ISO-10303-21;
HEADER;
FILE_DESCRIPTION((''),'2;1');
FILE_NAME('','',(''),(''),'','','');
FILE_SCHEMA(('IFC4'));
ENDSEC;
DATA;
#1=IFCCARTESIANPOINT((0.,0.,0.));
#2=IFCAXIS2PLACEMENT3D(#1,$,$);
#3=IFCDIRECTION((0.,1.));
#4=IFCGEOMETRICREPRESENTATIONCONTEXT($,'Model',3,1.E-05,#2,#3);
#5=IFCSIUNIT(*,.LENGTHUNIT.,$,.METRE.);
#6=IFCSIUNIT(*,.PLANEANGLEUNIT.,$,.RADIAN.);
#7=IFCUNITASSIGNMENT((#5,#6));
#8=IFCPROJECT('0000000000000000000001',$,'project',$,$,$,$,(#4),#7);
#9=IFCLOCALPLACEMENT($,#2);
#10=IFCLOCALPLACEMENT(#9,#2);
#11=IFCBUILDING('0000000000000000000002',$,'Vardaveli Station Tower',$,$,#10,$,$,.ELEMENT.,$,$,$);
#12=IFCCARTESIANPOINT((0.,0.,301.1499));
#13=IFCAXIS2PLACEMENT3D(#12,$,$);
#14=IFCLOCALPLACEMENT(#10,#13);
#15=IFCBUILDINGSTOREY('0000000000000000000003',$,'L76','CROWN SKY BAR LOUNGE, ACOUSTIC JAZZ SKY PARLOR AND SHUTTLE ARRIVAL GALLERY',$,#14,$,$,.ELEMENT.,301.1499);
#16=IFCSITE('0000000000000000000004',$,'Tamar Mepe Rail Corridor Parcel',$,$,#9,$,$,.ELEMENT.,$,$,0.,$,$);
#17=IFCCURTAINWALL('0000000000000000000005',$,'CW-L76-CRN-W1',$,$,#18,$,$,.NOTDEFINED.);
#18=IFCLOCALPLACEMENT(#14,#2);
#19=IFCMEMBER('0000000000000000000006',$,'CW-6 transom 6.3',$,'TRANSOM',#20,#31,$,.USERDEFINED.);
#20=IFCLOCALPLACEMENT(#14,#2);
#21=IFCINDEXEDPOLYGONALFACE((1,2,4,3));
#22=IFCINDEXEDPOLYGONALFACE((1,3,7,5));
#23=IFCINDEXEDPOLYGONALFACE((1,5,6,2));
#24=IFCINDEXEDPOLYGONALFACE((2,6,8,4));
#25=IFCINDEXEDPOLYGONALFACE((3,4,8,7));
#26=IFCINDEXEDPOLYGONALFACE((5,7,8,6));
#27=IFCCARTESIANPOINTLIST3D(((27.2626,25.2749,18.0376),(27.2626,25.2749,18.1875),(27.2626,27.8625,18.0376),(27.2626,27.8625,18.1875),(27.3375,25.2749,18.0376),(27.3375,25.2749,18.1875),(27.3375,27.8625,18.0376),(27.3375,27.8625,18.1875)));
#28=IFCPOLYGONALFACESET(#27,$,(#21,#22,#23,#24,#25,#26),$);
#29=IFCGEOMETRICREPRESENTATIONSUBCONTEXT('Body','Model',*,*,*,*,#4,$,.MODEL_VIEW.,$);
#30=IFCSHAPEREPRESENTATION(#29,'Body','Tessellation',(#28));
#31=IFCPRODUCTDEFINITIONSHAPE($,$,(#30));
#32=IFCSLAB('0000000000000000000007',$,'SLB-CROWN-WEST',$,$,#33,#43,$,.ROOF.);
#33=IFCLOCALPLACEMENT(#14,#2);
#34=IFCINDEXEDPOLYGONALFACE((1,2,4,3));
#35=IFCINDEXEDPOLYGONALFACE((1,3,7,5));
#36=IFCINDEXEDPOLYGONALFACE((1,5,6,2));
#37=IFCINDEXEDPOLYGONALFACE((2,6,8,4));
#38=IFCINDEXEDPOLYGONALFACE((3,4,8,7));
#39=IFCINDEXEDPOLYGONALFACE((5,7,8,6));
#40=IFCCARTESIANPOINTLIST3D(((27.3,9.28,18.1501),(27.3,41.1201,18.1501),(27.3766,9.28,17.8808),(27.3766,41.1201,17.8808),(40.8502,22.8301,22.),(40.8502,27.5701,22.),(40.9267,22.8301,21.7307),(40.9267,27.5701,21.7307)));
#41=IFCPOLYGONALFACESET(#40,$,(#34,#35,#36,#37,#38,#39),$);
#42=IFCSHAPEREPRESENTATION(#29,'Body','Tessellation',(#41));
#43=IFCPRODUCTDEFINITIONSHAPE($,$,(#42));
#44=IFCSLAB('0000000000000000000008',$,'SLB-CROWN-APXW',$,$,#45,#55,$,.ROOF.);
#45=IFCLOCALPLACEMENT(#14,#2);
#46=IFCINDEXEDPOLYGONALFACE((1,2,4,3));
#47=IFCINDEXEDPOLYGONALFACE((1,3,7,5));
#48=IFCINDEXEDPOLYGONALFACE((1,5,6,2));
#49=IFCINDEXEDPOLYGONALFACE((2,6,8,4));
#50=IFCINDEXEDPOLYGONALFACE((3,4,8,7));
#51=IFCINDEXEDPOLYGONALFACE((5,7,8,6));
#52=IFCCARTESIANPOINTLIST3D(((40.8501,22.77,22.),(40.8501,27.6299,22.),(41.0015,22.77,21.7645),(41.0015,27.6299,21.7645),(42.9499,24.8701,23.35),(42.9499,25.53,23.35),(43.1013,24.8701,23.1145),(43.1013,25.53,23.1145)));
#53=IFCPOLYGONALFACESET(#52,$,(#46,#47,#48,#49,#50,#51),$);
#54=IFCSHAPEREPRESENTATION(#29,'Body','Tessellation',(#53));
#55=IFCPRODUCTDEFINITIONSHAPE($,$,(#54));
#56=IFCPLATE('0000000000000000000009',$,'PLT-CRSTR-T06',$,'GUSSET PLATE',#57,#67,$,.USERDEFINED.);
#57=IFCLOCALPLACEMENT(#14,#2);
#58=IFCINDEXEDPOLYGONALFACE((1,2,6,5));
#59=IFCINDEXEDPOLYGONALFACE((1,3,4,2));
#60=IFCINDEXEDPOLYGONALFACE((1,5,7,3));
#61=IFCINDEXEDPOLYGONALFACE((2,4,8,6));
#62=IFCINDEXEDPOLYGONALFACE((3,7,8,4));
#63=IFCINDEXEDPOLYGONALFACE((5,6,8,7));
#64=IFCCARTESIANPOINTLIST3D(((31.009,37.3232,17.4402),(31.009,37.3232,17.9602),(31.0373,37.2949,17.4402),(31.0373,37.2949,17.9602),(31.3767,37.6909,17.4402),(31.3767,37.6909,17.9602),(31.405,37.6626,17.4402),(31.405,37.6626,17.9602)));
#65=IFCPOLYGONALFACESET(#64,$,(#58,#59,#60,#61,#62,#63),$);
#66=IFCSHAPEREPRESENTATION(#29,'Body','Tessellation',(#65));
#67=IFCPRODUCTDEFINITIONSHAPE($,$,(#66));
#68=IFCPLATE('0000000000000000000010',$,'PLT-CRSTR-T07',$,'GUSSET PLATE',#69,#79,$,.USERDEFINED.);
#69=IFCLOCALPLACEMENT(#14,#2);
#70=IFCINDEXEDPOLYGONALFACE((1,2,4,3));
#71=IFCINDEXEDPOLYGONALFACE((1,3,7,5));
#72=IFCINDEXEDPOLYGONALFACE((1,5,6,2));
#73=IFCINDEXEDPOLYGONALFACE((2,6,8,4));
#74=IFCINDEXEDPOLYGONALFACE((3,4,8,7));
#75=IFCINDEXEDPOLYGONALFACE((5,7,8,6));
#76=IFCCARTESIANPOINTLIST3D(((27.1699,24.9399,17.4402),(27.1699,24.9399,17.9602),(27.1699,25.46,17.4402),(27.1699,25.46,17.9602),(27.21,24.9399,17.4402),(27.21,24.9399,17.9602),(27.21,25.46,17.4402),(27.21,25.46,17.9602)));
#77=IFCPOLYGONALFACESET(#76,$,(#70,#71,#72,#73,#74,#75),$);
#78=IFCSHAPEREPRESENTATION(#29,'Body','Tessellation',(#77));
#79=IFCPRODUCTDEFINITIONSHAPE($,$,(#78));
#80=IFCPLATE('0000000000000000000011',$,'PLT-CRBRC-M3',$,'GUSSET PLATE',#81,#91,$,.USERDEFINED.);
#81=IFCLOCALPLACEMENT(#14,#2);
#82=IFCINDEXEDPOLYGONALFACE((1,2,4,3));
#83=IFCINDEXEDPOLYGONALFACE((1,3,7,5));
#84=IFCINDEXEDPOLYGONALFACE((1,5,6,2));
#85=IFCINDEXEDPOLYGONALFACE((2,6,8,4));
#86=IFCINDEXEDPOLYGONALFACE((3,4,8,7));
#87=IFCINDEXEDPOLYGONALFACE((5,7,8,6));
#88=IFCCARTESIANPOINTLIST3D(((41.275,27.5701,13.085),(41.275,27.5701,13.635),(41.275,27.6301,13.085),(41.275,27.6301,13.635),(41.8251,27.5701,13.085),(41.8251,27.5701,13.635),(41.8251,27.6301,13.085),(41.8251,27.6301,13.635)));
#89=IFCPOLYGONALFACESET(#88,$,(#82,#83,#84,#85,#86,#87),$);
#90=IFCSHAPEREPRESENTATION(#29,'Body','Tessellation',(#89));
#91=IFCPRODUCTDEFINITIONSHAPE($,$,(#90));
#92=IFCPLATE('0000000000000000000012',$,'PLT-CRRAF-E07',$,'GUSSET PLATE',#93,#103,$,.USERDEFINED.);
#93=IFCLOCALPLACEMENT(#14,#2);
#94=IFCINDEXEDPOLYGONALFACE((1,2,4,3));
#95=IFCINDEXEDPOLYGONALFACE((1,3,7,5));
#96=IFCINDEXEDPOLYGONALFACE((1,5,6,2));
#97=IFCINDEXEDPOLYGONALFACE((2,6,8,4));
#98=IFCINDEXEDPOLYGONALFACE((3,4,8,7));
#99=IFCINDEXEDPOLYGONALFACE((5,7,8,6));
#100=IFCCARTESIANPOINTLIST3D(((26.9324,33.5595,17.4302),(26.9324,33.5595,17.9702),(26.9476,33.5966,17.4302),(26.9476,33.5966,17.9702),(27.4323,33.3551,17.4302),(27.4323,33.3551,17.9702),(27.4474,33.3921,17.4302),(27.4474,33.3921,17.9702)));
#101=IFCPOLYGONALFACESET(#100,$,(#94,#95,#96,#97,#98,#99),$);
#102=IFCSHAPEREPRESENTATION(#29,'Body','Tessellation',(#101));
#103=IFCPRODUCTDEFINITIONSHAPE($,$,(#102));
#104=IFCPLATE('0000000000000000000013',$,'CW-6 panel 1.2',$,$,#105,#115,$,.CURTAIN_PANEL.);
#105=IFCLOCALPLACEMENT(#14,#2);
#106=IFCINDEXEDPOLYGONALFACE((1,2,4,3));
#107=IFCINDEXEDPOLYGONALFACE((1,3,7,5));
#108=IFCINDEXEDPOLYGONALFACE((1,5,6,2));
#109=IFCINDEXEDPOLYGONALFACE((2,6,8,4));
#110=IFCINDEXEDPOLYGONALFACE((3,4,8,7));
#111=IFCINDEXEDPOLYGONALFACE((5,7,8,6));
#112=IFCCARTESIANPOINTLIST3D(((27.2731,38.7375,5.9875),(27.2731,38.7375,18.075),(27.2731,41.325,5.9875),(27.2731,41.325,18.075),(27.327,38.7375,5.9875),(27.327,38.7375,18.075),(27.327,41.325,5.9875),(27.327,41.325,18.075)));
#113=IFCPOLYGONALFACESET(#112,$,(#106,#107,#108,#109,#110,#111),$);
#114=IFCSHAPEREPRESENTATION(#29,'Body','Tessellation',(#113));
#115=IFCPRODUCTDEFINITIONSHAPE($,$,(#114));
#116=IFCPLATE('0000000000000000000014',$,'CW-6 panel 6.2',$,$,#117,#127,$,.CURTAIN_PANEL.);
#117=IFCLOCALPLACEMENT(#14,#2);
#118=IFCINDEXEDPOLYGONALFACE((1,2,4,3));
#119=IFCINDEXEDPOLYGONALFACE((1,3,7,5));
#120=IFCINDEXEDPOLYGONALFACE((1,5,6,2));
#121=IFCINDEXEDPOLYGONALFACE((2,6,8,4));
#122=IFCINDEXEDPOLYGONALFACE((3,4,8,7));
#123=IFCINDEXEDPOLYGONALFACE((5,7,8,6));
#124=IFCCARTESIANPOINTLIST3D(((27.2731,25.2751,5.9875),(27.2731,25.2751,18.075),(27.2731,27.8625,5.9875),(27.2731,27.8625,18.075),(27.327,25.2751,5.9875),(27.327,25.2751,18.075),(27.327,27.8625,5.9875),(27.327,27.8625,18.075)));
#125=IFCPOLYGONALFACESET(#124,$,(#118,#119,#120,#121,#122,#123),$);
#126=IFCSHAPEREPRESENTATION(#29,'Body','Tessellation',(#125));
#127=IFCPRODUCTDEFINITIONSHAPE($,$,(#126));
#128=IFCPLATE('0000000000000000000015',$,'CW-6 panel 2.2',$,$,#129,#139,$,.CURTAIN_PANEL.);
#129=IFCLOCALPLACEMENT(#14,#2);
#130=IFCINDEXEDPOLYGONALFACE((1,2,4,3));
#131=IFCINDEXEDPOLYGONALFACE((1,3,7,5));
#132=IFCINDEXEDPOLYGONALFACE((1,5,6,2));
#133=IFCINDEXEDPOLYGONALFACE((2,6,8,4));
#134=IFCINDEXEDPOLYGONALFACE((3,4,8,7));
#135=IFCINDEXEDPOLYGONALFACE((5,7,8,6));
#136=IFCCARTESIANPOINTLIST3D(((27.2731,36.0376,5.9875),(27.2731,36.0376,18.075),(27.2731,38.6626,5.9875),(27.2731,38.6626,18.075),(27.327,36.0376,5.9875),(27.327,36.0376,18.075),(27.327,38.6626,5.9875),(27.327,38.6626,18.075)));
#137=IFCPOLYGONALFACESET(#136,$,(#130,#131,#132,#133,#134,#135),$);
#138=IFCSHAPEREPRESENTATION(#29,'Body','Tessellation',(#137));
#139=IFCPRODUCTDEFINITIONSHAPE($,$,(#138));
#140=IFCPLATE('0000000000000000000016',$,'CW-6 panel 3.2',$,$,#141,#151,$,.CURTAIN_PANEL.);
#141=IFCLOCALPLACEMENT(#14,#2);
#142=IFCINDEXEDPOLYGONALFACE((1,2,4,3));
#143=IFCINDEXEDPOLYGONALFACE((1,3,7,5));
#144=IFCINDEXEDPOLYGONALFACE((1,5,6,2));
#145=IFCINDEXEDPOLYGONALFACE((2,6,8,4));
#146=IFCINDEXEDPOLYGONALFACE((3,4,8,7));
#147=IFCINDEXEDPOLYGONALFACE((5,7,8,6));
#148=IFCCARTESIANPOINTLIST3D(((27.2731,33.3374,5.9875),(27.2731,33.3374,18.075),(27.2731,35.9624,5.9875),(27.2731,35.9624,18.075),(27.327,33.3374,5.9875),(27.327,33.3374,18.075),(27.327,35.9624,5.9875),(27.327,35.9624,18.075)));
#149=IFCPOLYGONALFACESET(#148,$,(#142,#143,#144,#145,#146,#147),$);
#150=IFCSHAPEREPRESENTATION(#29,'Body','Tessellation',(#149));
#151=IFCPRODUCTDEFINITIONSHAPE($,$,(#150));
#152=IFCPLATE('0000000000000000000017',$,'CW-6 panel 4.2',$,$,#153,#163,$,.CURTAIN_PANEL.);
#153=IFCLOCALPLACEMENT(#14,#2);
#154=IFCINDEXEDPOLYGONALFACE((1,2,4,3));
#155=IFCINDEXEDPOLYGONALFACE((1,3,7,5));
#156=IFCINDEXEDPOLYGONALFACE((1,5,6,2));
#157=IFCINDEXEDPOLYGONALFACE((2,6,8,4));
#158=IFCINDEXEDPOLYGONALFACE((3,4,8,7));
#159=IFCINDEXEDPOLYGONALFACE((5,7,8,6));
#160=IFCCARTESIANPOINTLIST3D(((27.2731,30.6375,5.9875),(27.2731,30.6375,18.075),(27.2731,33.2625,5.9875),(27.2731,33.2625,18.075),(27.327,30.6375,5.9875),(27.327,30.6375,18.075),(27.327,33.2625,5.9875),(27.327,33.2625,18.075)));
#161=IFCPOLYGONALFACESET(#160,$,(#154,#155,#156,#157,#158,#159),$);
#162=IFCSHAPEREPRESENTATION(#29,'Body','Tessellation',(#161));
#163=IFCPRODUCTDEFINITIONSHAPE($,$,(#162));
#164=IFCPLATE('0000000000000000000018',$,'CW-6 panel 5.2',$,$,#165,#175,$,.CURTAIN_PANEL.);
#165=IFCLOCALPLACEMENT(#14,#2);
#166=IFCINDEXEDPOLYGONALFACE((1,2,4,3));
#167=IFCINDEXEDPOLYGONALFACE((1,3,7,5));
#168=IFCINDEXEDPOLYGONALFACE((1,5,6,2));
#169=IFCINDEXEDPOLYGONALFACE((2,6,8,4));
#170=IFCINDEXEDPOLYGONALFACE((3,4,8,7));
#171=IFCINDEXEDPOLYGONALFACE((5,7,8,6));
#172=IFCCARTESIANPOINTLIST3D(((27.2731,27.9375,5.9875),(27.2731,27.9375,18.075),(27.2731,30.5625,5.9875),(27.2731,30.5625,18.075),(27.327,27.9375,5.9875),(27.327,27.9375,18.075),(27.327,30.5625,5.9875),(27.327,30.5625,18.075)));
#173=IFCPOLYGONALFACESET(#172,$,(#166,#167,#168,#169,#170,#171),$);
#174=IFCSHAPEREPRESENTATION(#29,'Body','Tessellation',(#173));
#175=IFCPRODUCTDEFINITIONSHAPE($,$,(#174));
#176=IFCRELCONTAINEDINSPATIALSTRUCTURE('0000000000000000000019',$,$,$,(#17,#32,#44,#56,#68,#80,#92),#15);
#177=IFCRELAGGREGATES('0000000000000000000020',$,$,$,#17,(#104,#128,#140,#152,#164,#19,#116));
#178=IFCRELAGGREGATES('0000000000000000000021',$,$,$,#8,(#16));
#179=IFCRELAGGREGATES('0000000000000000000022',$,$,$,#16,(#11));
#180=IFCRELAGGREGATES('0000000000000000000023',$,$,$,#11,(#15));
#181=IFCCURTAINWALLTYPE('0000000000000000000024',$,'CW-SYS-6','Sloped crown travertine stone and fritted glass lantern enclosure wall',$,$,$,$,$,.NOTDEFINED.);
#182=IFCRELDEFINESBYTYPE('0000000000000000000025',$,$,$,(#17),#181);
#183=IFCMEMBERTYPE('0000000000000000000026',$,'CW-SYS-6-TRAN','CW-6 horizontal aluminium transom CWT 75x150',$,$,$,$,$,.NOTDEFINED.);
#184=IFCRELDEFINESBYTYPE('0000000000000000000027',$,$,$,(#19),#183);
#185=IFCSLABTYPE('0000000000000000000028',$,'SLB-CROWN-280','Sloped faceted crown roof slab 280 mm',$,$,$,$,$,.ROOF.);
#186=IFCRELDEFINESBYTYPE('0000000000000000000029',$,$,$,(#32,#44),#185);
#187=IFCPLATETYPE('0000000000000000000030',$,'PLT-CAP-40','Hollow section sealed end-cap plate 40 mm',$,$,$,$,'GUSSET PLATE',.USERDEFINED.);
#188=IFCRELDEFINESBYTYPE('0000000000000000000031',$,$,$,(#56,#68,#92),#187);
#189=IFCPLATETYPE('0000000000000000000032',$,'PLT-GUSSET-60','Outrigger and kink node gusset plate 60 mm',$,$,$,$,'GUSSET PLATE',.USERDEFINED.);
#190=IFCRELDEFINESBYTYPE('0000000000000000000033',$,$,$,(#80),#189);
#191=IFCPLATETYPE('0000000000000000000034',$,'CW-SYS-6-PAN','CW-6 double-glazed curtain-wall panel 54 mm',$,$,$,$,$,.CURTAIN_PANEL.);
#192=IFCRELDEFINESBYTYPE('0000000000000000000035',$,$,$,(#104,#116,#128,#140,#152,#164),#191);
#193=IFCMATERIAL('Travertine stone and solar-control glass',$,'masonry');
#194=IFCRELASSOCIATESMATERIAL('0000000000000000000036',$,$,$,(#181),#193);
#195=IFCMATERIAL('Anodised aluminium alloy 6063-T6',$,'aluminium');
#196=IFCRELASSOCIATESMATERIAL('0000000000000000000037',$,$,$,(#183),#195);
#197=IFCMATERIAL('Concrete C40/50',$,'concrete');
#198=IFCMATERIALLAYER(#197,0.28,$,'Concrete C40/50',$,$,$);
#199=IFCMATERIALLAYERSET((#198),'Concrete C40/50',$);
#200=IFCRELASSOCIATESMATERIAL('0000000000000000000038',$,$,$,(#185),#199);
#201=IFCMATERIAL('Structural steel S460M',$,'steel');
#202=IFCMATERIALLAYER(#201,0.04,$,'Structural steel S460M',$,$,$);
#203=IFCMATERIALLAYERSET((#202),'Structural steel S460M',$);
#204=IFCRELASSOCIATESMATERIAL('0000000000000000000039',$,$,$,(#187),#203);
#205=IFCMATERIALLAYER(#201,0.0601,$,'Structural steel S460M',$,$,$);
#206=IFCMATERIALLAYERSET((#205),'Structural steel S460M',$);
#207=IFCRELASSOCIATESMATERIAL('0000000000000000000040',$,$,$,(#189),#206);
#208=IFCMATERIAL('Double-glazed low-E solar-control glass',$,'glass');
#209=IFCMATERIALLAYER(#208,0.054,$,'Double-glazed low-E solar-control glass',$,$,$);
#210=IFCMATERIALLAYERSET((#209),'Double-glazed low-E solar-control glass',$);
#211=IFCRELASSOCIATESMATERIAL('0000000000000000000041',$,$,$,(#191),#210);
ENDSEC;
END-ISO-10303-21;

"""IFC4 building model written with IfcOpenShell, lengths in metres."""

from ifc_helpers import new_model, si_unit, direction, frame, origin, origin_2d, place, context, subcontext, project, spatial, polyline, rectangle, outline, extrude, source, transform, mapped, material, layer, layer_set, material_profile, profile_set, type_object, element, aggregate, save


model = new_model("IFC4")

# Units and contexts
model_context = context("Model", 3, precision=1e-05, world=origin(), true_north=direction((0.0, 1.0)))
body_context = subcontext(model_context, "Body", "Model", "MODEL_VIEW")
ifc_project = project(units=[si_unit("LENGTHUNIT", "METRE"), si_unit("PLANEANGLEUNIT", "RADIAN")], contexts=[model_context])

# Site, building, storey
site_placement = place(None, origin())
site = spatial("IfcSite", under=ifc_project, at=site_placement, Name="Tamar Mepe Rail Corridor Parcel", CompositionType="ELEMENT", RefElevation=0.0)
building_placement = place(site_placement, origin())
building = spatial("IfcBuilding", under=site, at=building_placement, Name="Vardaveli Station Tower", CompositionType="ELEMENT")
storey_placement = place(building_placement, frame((0.0, 0.0, 301.1499)))
storey = spatial("IfcBuildingStorey", under=building, at=storey_placement, Name="L76", Description="CROWN SKY BAR LOUNGE, ACOUSTIC JAZZ SKY PARLOR AND SHUTTLE ARRIVAL GALLERY", CompositionType="ELEMENT", Elevation=301.1499)

# Curtain wall, member
ifc_material_1 = material(Name="Travertine stone and solar-control glass", Category="masonry")
curtain_wall_type = type_object("IfcCurtainWallType", Name="CW-SYS-6", Description="Sloped crown travertine stone and fritted glass lantern enclosure wall", PredefinedType="NOTDEFINED", material=ifc_material_1)
curtain_wall_placement = place(storey_placement, origin())
curtain_wall = element("IfcCurtainWall", 1, at=curtain_wall_placement, inside=storey, type_object=curtain_wall_type, Name="CW-L76-CRN-W1", PredefinedType="NOTDEFINED")
ifc_material_2 = material(Name="Anodised aluminium alloy 6063-T6", Category="aluminium")
ifc_material_profile_1 = material_profile(ifc_material_2, rectangle(XDim=0.075, YDim=0.1499, at=origin_2d()), Name="CWT 75x150")
ifc_profile_set_1 = profile_set([ifc_material_profile_1], Name="Anodised aluminium alloy 6063-T6")
member_type_1 = type_object("IfcMemberType", Name="CW-SYS-6-TRAN", Description="CW-6 horizontal aluminium transom CWT 75x150", PredefinedType="NOTDEFINED", material=ifc_profile_set_1)
shared_shape_1 = source(origin(), body_context, "Body", "SweptSolid", [
    extrude(rectangle(XDim=0.075, YDim=0.1499, at=origin_2d()), origin(), (0.0, 0.0, 1.0), 2.5876),
])
member_1_placement = place(storey_placement, frame((27.3, 27.8625, 18.1125), z_axis=(0.0, -1.0, 0.0), x_axis=(1.0, 0.0, 0.0)))
member_1 = element("IfcMember", 2, at=member_1_placement, type_object=member_type_1, Name="CW-6 transom 6.3", ObjectType="TRANSOM", PredefinedType="USERDEFINED", context=body_context, shape_type="MappedRepresentation", body=[
    mapped(shared_shape_1, transform((0.0, 0.0, 0.0), scale=1.0)),
])

# Slabs
ifc_material_3 = material(Name="Concrete C40/50", Category="concrete")
ifc_layer_1 = layer(ifc_material_3, 0.28, Name="Concrete C40/50")
ifc_layer_set_1 = layer_set([ifc_layer_1], Name="Concrete C40/50")
slab_type = type_object("IfcSlabType", Name="SLB-CROWN-280", Description="Sloped faceted crown roof slab 280 mm", PredefinedType="ROOF", material=ifc_layer_set_1)
slab_1_placement = place(storey_placement, frame((27.3, 41.1201, 18.1501), z_axis=(-0.273304, 0.0, 0.961928), x_axis=(0.0, -1.0, 0.0)))
element("IfcSlab", 3, at=slab_1_placement, inside=storey, type_object=slab_type, Name="SLB-CROWN-WEST", PredefinedType="ROOF", context=body_context, shape_type="SweptSolid", body=[
    extrude(outline(polyline([(0.0, 0.0), (31.8401, 0.0), (18.29, 14.0864), (13.55, 14.0864), (0.0, 0.0)])), origin(), (0.0, 0.0, -1.0), 0.28),
])
slab_2_placement = place(storey_placement, frame((40.8501, 27.6299, 22.0), z_axis=(-0.540812, 0.0, 0.841144), x_axis=(0.0, -1.0, 0.0)))
element("IfcSlab", 4, at=slab_2_placement, inside=storey, type_object=slab_type, Name="SLB-CROWN-APXW", PredefinedType="ROOF", context=body_context, shape_type="SweptSolid", body=[
    extrude(outline(polyline([(0.0, 0.0), (4.8599, 0.0), (2.7598, 2.4963), (2.0999, 2.4963), (0.0, 0.0)])), origin(), (0.0, 0.0, -1.0), 0.28),
])

# Plates
ifc_material_4 = material(Name="Structural steel S460M", Category="steel")
ifc_layer_2 = layer(ifc_material_4, 0.04, Name="Structural steel S460M")
ifc_layer_set_2 = layer_set([ifc_layer_2], Name="Structural steel S460M")
plate_type_1 = type_object("IfcPlateType", Name="PLT-CAP-40", Description="Hollow section sealed end-cap plate 40 mm", ElementType="GUSSET PLATE", PredefinedType="USERDEFINED", material=ifc_layer_set_2)
shared_shape_2 = source(origin(), body_context, "Body", "SweptSolid", [
    extrude(rectangle(XDim=0.52, YDim=0.04, at=origin_2d()), origin(), (0.0, 0.0, 1.0), 0.52),
])
for number, where, z_axis, x_axis, name in (
    (5, (31.207, 37.4929, 17.4402), (0.0, 0.0, 1.0), (-0.707107, -0.707107, 0.0), "PLT-CRSTR-T06"),
    (6, (27.1899, 25.2, 17.4402), (0.0, 0.0, 1.0), (0.0, -1.0, 0.0), "PLT-CRSTR-T07"),
):
    element("IfcPlate", number, at=place(storey_placement, frame(where, z_axis=z_axis, x_axis=x_axis)), inside=storey, type_object=plate_type_1, Name=name, ObjectType="GUSSET PLATE", PredefinedType="USERDEFINED", context=body_context, shape_type="MappedRepresentation", body=[
        mapped(shared_shape_2, transform((0.0, 0.0, 0.0), scale=1.0)),
    ])
ifc_layer_3 = layer(ifc_material_4, 0.0601, Name="Structural steel S460M")
ifc_layer_set_3 = layer_set([ifc_layer_3], Name="Structural steel S460M")
plate_type_2 = type_object("IfcPlateType", Name="PLT-GUSSET-60", Description="Outrigger and kink node gusset plate 60 mm", ElementType="GUSSET PLATE", PredefinedType="USERDEFINED", material=ifc_layer_set_3)
shared_shape_3 = source(origin(), body_context, "Body", "SweptSolid", [
    extrude(rectangle(XDim=0.55, YDim=0.0601, at=origin_2d()), origin(), (0.0, 0.0, 1.0), 0.55),
])
plate_1_placement = place(storey_placement, frame((41.55, 27.6001, 13.085), z_axis=(0.0, 0.0, 1.0), x_axis=(-1.0, 0.0, 0.0)))
element("IfcPlate", 7, at=plate_1_placement, inside=storey, type_object=plate_type_2, Name="PLT-CRBRC-M3", ObjectType="GUSSET PLATE", PredefinedType="USERDEFINED", context=body_context, shape_type="MappedRepresentation", body=[
    mapped(shared_shape_3, transform((0.0, 0.0, 0.0), scale=1.0)),
])
shared_shape_4 = source(origin(), body_context, "Body", "SweptSolid", [
    extrude(rectangle(XDim=0.54, YDim=0.04, at=origin_2d()), origin(), (0.0, 0.0, 1.0), 0.54),
])
plate_2_placement = place(storey_placement, frame((27.1899, 33.4758, 17.4302), z_axis=(0.0, 0.0, 1.0), x_axis=(0.925541, -0.378649, 0.0)))
element("IfcPlate", 8, at=plate_2_placement, inside=storey, type_object=plate_type_1, Name="PLT-CRRAF-E07", ObjectType="GUSSET PLATE", PredefinedType="USERDEFINED", context=body_context, shape_type="MappedRepresentation", body=[
    mapped(shared_shape_4, transform((0.0, 0.0, 0.0), scale=1.0)),
])

# Plates
ifc_material_5 = material(Name="Double-glazed low-E solar-control glass", Category="glass")
ifc_layer_4 = layer(ifc_material_5, 0.054, Name="Double-glazed low-E solar-control glass")
ifc_layer_set_4 = layer_set([ifc_layer_4], Name="Double-glazed low-E solar-control glass")
plate_type_3 = type_object("IfcPlateType", Name="CW-SYS-6-PAN", Description="CW-6 double-glazed curtain-wall panel 54 mm", PredefinedType="CURTAIN_PANEL", material=ifc_layer_set_4)
shared_shape_5 = source(origin(), body_context, "Body", "SweptSolid", [
    extrude(rectangle(XDim=2.5874, YDim=0.054, at=origin_2d()), origin(), (0.0, 0.0, 1.0), 12.0874),
])
plate_3_placement = place(storey_placement, frame((27.3, 40.0312, 5.9875), z_axis=(0.0, 0.0, 1.0), x_axis=(0.0, -1.0, 0.0)))
plate_3 = element("IfcPlate", 9, at=plate_3_placement, type_object=plate_type_3, Name="CW-6 panel 1.2", PredefinedType="CURTAIN_PANEL", context=body_context, shape_type="MappedRepresentation", body=[
    mapped(shared_shape_5, transform((0.0, 0.0, 0.0), scale=1.0)),
])
plate_4_placement = place(storey_placement, frame((27.3, 26.5688, 5.9875), z_axis=(0.0, 0.0, 1.0), x_axis=(0.0, -1.0, 0.0)))
plate_4 = element("IfcPlate", 10, at=plate_4_placement, type_object=plate_type_3, Name="CW-6 panel 6.2", PredefinedType="CURTAIN_PANEL", context=body_context, shape_type="MappedRepresentation", body=[
    mapped(shared_shape_5, transform((0.0, 0.0, 0.0), scale=1.0)),
])
shared_shape_6 = source(origin(), body_context, "Body", "SweptSolid", [
    extrude(rectangle(XDim=2.625, YDim=0.054, at=origin_2d()), origin(), (0.0, 0.0, 1.0), 12.0874),
])
plate_5_placement = place(storey_placement, frame((27.3, 37.3501, 5.9875), z_axis=(0.0, 0.0, 1.0), x_axis=(0.0, -1.0, 0.0)))
plate_5 = element("IfcPlate", 11, at=plate_5_placement, type_object=plate_type_3, Name="CW-6 panel 2.2", PredefinedType="CURTAIN_PANEL", context=body_context, shape_type="MappedRepresentation", body=[
    mapped(shared_shape_6, transform((0.0, 0.0, 0.0), scale=1.0)),
])
plate_6_placement = place(storey_placement, frame((27.3, 34.6499, 5.9875), z_axis=(0.0, 0.0, 1.0), x_axis=(0.0, -1.0, 0.0)))
plate_6 = element("IfcPlate", 12, at=plate_6_placement, type_object=plate_type_3, Name="CW-6 panel 3.2", PredefinedType="CURTAIN_PANEL", context=body_context, shape_type="MappedRepresentation", body=[
    mapped(shared_shape_6, transform((0.0, 0.0, 0.0), scale=1.0)),
])
plate_7_placement = place(storey_placement, frame((27.3, 31.95, 5.9875), z_axis=(0.0, 0.0, 1.0), x_axis=(0.0, -1.0, 0.0)))
plate_7 = element("IfcPlate", 13, at=plate_7_placement, type_object=plate_type_3, Name="CW-6 panel 4.2", PredefinedType="CURTAIN_PANEL", context=body_context, shape_type="MappedRepresentation", body=[
    mapped(shared_shape_6, transform((0.0, 0.0, 0.0), scale=1.0)),
])
plate_8_placement = place(storey_placement, frame((27.3, 29.25, 5.9875), z_axis=(0.0, 0.0, 1.0), x_axis=(0.0, -1.0, 0.0)))
plate_8 = element("IfcPlate", 14, at=plate_8_placement, type_object=plate_type_3, Name="CW-6 panel 5.2", PredefinedType="CURTAIN_PANEL", context=body_context, shape_type="MappedRepresentation", body=[
    mapped(shared_shape_6, transform((0.0, 0.0, 0.0), scale=1.0)),
])
aggregate(curtain_wall, [plate_3, plate_5, plate_6, plate_7, plate_8, member_1, plate_4])

save(model, "model.ifc")
